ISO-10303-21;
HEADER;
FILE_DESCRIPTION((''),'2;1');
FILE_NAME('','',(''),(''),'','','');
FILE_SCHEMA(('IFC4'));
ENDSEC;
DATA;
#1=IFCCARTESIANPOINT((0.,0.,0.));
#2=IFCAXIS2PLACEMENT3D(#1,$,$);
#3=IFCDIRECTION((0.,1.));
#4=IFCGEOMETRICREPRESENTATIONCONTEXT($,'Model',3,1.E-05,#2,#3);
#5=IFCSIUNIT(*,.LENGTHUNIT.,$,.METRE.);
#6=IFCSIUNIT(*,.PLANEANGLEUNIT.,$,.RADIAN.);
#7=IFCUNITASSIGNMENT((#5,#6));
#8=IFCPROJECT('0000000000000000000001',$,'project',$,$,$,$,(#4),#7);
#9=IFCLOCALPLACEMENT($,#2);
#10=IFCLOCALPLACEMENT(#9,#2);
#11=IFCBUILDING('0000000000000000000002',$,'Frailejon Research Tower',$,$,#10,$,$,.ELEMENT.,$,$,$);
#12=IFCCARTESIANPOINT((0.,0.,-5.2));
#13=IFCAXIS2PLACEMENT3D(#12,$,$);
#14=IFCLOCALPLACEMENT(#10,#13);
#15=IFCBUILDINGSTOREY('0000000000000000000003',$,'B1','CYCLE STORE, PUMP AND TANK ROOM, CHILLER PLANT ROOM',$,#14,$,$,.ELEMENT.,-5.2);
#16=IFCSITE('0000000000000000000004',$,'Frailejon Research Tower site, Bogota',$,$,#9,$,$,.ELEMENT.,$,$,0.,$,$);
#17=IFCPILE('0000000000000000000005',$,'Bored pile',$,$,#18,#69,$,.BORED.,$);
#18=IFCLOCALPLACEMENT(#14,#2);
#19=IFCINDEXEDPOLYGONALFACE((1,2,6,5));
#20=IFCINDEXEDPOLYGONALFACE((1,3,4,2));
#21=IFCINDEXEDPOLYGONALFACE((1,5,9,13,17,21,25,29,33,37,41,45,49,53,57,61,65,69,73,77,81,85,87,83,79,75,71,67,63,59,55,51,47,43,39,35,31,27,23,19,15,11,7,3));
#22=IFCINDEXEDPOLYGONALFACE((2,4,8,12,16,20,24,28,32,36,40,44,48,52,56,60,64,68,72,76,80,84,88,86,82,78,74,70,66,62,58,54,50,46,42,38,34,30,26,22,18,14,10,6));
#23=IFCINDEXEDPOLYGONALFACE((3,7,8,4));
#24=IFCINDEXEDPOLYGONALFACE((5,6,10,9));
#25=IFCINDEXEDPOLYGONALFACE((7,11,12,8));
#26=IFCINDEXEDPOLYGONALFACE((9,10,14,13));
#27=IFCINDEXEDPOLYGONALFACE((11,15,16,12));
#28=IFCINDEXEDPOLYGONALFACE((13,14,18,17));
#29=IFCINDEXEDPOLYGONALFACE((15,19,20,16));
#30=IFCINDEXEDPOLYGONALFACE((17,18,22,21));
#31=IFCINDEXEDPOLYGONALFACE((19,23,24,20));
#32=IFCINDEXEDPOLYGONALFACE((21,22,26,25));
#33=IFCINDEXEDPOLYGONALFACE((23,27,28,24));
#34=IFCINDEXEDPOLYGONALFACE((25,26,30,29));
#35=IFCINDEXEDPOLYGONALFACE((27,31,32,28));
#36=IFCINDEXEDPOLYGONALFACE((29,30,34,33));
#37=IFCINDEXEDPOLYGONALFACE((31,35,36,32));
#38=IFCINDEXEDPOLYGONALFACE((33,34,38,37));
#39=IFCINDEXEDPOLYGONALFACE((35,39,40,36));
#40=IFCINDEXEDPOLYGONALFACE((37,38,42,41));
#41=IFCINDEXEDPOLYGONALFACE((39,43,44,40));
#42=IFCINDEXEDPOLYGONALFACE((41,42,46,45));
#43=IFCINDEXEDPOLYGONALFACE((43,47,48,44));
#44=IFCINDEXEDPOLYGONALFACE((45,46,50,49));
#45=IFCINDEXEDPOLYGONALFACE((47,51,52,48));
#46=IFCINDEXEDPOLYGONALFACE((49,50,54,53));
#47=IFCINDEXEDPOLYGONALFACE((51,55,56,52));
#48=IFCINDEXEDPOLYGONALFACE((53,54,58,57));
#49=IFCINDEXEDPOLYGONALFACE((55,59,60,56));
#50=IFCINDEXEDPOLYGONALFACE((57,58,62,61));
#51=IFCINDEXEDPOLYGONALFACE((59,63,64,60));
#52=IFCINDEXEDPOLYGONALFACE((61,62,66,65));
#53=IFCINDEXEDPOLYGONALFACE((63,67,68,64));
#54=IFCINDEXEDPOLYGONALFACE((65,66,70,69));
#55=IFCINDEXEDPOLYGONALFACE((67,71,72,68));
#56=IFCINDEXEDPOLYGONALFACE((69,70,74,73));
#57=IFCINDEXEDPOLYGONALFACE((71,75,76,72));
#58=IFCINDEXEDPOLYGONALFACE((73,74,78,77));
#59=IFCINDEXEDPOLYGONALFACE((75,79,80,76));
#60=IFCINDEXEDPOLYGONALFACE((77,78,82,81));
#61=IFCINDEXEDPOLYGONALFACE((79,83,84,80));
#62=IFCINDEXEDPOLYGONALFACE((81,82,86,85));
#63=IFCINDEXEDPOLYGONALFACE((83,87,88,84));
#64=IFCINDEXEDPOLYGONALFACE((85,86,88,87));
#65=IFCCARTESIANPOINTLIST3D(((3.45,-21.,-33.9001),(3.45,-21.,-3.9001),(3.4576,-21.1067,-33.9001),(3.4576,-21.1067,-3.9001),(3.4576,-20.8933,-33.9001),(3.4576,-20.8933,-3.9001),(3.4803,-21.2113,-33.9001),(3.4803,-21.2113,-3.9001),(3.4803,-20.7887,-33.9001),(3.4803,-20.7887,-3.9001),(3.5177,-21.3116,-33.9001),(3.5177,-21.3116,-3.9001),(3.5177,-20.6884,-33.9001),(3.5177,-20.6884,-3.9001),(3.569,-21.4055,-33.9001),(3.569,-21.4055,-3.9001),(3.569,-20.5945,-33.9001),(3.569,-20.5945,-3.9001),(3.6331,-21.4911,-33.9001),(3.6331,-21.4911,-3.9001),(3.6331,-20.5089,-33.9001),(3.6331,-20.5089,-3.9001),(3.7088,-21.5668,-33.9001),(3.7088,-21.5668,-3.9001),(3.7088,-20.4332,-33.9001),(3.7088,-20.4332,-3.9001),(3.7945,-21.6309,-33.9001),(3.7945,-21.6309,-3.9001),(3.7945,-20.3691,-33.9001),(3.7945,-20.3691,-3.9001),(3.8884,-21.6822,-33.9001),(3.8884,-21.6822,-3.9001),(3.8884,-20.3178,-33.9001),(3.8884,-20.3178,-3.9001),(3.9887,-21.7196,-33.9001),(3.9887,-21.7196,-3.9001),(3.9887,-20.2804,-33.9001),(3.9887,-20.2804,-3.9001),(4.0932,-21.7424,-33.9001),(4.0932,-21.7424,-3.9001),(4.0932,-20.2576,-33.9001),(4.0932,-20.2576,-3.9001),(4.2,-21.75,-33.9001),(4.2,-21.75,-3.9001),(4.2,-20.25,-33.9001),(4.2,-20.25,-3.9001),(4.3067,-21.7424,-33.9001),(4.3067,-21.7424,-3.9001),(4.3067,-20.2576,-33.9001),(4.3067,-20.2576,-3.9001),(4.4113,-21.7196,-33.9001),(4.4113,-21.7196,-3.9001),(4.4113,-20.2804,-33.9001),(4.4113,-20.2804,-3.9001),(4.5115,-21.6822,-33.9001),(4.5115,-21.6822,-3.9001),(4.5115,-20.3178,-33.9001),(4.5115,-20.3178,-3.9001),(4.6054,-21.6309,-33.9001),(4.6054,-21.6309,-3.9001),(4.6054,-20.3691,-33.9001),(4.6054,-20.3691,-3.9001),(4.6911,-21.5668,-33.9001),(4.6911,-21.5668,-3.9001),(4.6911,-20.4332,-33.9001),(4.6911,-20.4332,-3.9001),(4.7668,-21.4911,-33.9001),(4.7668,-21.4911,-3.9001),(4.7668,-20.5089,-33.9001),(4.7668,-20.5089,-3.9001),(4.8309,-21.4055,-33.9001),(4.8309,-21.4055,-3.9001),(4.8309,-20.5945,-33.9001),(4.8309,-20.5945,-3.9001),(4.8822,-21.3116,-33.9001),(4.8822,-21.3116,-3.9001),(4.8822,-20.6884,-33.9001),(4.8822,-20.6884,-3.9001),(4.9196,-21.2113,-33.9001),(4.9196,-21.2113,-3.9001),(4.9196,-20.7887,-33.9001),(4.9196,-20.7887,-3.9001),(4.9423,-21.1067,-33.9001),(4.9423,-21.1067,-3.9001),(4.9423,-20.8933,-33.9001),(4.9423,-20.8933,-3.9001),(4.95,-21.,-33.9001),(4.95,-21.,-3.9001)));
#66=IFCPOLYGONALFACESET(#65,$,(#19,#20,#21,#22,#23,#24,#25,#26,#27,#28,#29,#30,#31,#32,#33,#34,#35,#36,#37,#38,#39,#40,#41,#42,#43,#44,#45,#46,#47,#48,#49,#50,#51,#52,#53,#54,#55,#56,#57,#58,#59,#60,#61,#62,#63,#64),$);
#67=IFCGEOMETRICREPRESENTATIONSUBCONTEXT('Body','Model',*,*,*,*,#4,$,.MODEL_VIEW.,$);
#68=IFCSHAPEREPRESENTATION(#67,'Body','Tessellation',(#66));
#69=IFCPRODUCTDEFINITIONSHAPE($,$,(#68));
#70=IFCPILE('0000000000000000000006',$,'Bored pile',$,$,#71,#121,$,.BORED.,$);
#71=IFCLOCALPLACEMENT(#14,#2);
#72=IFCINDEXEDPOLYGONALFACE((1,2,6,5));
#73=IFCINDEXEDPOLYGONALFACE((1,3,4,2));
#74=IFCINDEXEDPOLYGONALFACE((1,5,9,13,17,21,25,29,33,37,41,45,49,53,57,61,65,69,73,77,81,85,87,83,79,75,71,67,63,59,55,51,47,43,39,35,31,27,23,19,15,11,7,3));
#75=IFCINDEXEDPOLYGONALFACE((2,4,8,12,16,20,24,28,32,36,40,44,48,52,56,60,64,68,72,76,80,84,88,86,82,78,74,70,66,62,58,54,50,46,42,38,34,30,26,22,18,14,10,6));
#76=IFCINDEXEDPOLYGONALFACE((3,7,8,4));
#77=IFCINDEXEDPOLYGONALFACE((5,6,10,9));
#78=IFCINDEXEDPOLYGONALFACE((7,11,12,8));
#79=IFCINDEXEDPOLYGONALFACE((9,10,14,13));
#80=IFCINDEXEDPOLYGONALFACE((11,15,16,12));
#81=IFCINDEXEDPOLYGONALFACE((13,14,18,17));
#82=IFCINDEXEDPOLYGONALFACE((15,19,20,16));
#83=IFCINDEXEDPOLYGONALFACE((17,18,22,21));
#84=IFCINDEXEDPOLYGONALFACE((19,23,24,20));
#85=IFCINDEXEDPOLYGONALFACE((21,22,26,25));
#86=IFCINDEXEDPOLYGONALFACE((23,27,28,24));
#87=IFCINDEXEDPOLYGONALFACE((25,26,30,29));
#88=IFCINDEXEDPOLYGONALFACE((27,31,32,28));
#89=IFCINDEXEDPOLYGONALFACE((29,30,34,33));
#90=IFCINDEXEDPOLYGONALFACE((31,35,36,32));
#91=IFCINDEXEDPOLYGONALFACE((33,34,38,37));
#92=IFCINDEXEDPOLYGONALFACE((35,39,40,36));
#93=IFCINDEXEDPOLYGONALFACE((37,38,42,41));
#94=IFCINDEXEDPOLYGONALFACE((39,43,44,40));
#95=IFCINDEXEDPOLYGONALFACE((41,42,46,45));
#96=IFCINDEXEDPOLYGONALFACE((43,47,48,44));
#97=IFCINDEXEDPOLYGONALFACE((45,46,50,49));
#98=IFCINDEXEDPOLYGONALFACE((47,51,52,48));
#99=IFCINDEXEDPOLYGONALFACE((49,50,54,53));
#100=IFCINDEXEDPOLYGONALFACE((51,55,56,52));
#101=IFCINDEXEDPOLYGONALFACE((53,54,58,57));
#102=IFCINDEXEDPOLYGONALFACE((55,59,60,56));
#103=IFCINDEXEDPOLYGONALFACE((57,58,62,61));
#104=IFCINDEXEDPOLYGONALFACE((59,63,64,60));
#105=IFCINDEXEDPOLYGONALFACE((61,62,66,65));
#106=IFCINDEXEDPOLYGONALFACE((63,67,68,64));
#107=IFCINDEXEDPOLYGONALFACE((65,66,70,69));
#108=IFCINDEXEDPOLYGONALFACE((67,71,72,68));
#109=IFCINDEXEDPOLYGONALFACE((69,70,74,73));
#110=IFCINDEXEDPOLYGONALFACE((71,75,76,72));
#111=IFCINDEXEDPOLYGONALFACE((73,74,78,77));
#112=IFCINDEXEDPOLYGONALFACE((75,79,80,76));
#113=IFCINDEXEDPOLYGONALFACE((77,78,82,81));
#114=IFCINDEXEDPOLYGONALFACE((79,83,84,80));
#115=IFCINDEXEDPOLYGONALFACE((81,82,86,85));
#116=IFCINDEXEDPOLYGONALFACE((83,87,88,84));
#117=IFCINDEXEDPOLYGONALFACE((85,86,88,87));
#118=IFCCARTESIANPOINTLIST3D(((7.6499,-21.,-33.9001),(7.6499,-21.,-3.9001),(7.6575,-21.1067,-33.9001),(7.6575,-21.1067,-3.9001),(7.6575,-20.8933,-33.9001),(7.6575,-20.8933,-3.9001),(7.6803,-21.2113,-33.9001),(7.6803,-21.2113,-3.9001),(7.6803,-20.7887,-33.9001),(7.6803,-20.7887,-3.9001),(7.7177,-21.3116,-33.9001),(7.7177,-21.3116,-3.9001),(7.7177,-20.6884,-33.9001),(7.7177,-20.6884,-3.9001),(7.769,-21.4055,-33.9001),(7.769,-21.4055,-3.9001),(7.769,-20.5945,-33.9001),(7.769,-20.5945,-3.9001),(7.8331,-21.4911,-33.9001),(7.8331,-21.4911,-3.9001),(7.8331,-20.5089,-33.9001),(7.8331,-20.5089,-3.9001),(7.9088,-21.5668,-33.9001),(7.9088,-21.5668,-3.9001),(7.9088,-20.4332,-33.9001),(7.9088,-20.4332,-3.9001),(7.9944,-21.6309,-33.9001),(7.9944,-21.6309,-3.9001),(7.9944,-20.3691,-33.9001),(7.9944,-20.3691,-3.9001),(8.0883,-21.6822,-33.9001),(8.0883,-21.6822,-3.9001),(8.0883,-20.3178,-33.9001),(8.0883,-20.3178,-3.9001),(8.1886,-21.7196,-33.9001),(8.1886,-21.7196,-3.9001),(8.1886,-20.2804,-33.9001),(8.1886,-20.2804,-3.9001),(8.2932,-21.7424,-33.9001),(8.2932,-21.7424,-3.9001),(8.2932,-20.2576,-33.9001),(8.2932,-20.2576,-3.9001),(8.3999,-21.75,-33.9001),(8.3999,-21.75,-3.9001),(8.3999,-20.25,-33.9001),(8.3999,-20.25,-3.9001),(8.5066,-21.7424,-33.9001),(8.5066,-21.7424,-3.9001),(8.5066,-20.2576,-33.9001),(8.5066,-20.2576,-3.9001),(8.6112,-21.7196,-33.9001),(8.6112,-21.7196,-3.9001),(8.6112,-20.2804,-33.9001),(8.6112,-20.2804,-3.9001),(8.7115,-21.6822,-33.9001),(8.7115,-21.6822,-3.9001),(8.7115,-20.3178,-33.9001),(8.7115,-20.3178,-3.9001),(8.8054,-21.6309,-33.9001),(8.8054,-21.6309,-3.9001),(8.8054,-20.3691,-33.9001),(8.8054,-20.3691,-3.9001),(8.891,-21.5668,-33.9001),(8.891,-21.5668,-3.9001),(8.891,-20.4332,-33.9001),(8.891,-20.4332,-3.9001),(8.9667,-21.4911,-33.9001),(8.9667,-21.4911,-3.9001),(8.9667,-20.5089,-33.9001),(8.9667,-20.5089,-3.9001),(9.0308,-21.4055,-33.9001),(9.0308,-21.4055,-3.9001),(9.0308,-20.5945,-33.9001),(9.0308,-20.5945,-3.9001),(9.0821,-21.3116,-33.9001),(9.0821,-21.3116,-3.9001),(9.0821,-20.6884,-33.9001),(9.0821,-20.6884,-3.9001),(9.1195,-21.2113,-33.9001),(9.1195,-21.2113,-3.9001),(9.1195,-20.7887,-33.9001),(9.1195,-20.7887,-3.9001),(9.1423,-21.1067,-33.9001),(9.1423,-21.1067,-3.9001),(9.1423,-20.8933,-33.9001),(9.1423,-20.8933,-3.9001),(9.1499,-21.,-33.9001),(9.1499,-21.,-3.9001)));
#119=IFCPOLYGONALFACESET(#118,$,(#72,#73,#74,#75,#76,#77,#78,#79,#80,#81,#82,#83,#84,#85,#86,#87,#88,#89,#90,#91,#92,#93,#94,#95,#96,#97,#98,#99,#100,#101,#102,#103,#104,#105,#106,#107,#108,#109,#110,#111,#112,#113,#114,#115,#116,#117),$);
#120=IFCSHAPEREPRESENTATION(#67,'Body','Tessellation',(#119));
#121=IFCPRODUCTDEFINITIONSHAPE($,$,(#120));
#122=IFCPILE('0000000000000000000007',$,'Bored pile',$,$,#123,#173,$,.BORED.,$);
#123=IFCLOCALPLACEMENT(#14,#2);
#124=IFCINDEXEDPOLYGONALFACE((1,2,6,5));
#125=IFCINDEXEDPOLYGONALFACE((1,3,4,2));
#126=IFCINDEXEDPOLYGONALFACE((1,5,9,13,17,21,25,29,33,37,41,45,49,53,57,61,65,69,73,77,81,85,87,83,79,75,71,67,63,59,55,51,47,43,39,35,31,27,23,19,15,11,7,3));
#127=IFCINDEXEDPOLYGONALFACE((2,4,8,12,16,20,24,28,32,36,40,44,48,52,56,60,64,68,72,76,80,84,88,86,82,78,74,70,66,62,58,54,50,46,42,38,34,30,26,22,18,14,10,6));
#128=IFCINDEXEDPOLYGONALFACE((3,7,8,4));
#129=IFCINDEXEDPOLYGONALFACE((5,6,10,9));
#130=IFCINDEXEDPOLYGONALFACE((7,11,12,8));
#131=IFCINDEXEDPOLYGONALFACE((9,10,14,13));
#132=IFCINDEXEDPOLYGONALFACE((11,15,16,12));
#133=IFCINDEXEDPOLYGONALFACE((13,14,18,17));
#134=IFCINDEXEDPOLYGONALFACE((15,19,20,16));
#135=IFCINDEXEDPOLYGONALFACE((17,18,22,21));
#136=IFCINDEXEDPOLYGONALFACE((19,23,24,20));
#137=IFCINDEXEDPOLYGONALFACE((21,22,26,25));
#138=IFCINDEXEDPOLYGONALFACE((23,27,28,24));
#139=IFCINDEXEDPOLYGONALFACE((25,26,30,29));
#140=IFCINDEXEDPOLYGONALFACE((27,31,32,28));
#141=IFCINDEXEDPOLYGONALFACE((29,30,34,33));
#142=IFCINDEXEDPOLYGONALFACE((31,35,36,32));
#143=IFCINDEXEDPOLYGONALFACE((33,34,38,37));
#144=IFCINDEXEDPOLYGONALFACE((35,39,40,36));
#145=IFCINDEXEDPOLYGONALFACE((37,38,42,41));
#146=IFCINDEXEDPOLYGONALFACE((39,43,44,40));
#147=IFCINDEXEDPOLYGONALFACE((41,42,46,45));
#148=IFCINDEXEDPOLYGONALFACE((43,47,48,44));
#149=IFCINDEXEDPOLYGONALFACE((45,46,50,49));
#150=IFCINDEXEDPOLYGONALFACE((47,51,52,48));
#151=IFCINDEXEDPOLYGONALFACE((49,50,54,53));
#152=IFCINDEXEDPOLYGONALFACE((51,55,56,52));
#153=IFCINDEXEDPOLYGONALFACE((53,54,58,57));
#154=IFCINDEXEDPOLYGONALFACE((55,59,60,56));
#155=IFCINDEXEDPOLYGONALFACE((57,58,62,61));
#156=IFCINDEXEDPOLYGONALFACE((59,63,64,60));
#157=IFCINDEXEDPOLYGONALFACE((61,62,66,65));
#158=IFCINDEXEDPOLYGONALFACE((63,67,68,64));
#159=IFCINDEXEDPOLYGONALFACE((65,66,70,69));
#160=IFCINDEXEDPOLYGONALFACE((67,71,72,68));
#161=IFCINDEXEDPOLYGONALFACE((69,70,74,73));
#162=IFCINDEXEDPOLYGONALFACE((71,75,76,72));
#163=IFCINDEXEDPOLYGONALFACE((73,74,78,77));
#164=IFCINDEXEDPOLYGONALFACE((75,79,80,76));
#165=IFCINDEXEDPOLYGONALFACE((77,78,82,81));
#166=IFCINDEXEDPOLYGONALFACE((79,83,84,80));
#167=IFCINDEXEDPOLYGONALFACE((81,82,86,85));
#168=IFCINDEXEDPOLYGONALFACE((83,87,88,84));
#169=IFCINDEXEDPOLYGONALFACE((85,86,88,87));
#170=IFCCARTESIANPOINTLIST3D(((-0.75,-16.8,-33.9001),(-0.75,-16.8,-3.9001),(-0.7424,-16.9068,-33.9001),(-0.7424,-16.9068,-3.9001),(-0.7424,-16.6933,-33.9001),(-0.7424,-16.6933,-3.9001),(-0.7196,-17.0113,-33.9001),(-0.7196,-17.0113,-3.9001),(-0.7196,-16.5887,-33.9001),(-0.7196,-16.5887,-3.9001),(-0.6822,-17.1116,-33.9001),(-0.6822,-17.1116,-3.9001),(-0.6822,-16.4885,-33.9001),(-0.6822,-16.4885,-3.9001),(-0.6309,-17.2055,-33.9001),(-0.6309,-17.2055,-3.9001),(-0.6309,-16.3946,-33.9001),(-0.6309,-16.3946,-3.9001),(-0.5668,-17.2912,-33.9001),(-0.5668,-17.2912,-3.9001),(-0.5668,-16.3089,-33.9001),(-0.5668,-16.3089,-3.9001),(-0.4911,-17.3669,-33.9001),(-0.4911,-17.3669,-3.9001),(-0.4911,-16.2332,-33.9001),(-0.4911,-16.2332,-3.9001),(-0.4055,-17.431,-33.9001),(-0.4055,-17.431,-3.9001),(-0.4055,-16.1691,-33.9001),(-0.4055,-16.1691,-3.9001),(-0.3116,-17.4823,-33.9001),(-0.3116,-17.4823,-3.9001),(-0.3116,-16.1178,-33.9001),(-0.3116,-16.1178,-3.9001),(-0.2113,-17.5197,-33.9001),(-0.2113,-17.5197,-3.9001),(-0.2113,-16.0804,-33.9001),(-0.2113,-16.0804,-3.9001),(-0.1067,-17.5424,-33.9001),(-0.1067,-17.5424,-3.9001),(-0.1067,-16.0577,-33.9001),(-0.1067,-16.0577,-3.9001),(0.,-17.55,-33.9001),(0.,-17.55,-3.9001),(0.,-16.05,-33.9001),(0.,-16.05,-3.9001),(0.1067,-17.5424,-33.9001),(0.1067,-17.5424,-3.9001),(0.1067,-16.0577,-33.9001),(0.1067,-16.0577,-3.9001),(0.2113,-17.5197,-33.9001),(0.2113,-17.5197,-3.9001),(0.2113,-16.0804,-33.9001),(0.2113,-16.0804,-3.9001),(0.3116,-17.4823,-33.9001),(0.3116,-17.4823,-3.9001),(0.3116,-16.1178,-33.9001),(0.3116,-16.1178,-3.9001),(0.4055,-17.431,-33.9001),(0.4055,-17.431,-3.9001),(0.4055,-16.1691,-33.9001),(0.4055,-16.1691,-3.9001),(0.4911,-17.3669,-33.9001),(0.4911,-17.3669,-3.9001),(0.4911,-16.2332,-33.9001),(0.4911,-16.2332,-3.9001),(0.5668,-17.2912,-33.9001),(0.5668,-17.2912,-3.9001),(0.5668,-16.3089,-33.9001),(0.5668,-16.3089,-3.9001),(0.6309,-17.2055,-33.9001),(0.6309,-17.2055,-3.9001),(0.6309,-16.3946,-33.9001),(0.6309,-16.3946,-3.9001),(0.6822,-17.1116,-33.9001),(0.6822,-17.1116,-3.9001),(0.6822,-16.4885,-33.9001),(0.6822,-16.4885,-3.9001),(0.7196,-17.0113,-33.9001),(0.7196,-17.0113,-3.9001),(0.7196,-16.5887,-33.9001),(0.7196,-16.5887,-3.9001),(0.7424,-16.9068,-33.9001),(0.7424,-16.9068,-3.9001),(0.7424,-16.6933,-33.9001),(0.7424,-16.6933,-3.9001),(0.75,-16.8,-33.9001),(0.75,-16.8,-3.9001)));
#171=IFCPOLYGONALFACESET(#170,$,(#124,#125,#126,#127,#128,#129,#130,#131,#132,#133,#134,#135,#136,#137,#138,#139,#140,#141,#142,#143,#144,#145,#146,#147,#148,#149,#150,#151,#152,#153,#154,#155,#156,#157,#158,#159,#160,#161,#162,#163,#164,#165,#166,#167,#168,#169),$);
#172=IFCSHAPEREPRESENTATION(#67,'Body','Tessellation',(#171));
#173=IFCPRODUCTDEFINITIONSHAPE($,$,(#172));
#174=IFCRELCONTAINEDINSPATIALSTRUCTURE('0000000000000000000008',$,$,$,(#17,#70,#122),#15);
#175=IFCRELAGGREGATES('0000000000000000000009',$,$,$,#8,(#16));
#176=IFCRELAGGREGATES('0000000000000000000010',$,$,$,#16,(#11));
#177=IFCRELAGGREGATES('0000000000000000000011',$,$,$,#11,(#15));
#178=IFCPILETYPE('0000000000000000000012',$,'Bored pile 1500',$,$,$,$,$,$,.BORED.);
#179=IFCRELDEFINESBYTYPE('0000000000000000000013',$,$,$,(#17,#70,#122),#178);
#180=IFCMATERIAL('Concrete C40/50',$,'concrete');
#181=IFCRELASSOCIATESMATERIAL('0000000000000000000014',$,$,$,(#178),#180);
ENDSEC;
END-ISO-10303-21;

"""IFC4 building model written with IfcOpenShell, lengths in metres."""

from ifc_helpers import new_model, si_unit, direction, frame, origin, origin_2d, place, context, subcontext, project, spatial, circle, extrude, material, material_profile, profile_set, type_object, element, save


model = new_model("IFC4")

# Units and contexts
model_context = context("Model", 3, precision=1e-05, world=origin(), true_north=direction((0.0, 1.0)))
body_context = subcontext(model_context, "Body", "Model", "MODEL_VIEW")
ifc_project = project(units=[si_unit("LENGTHUNIT", "METRE"), si_unit("PLANEANGLEUNIT", "RADIAN")], contexts=[model_context])

# Site, building, storey
site_placement = place(None, origin())
site = spatial("IfcSite", under=ifc_project, at=site_placement, Name="Frailejon Research Tower site, Bogota", CompositionType="ELEMENT", RefElevation=0.0)
building_placement = place(site_placement, origin())
building = spatial("IfcBuilding", under=site, at=building_placement, Name="Frailejon Research Tower", CompositionType="ELEMENT")
storey_placement = place(building_placement, frame((0.0, 0.0, -5.2)))
storey = spatial("IfcBuildingStorey", under=building, at=storey_placement, Name="B1", Description="CYCLE STORE, PUMP AND TANK ROOM, CHILLER PLANT ROOM", CompositionType="ELEMENT", Elevation=-5.2)

# Piles
ifc_material_1 = material(Name="Concrete C40/50", Category="concrete")
ifc_material_profile_1 = material_profile(ifc_material_1, circle(Radius=0.75, at=origin_2d()), Name="Bored pile 1500")
ifc_profile_set_1 = profile_set([ifc_material_profile_1], Name="Concrete C40/50")
pile_type = type_object("IfcPileType", Name="Bored pile 1500", PredefinedType="BORED", material=ifc_profile_set_1)
for number, where, z_axis, x_axis, name in (
    (1, (4.2, -21.0, -3.9001), (0.0, 0.0, -1.0), (1.0, 0.0, 0.0), "Bored pile"),
    (2, (8.3999, -21.0, -3.9001), (0.0, 0.0, -1.0), (1.0, 0.0, 0.0), "Bored pile"),
    (3, (0.0, -16.8, -3.9001), (0.0, 0.0, -1.0), (1.0, 0.0, 0.0), "Bored pile"),
):
    element("IfcPile", number, at=place(storey_placement, frame(where, z_axis=z_axis, x_axis=x_axis)), inside=storey, type_object=pile_type, Name=name, PredefinedType="BORED", context=body_context, shape_type="SweptSolid", body=[
        extrude(circle(Radius=0.75, at=origin_2d()), origin(), (0.0, 0.0, 1.0), 30.0),
    ])

save(model, "model.ifc")
